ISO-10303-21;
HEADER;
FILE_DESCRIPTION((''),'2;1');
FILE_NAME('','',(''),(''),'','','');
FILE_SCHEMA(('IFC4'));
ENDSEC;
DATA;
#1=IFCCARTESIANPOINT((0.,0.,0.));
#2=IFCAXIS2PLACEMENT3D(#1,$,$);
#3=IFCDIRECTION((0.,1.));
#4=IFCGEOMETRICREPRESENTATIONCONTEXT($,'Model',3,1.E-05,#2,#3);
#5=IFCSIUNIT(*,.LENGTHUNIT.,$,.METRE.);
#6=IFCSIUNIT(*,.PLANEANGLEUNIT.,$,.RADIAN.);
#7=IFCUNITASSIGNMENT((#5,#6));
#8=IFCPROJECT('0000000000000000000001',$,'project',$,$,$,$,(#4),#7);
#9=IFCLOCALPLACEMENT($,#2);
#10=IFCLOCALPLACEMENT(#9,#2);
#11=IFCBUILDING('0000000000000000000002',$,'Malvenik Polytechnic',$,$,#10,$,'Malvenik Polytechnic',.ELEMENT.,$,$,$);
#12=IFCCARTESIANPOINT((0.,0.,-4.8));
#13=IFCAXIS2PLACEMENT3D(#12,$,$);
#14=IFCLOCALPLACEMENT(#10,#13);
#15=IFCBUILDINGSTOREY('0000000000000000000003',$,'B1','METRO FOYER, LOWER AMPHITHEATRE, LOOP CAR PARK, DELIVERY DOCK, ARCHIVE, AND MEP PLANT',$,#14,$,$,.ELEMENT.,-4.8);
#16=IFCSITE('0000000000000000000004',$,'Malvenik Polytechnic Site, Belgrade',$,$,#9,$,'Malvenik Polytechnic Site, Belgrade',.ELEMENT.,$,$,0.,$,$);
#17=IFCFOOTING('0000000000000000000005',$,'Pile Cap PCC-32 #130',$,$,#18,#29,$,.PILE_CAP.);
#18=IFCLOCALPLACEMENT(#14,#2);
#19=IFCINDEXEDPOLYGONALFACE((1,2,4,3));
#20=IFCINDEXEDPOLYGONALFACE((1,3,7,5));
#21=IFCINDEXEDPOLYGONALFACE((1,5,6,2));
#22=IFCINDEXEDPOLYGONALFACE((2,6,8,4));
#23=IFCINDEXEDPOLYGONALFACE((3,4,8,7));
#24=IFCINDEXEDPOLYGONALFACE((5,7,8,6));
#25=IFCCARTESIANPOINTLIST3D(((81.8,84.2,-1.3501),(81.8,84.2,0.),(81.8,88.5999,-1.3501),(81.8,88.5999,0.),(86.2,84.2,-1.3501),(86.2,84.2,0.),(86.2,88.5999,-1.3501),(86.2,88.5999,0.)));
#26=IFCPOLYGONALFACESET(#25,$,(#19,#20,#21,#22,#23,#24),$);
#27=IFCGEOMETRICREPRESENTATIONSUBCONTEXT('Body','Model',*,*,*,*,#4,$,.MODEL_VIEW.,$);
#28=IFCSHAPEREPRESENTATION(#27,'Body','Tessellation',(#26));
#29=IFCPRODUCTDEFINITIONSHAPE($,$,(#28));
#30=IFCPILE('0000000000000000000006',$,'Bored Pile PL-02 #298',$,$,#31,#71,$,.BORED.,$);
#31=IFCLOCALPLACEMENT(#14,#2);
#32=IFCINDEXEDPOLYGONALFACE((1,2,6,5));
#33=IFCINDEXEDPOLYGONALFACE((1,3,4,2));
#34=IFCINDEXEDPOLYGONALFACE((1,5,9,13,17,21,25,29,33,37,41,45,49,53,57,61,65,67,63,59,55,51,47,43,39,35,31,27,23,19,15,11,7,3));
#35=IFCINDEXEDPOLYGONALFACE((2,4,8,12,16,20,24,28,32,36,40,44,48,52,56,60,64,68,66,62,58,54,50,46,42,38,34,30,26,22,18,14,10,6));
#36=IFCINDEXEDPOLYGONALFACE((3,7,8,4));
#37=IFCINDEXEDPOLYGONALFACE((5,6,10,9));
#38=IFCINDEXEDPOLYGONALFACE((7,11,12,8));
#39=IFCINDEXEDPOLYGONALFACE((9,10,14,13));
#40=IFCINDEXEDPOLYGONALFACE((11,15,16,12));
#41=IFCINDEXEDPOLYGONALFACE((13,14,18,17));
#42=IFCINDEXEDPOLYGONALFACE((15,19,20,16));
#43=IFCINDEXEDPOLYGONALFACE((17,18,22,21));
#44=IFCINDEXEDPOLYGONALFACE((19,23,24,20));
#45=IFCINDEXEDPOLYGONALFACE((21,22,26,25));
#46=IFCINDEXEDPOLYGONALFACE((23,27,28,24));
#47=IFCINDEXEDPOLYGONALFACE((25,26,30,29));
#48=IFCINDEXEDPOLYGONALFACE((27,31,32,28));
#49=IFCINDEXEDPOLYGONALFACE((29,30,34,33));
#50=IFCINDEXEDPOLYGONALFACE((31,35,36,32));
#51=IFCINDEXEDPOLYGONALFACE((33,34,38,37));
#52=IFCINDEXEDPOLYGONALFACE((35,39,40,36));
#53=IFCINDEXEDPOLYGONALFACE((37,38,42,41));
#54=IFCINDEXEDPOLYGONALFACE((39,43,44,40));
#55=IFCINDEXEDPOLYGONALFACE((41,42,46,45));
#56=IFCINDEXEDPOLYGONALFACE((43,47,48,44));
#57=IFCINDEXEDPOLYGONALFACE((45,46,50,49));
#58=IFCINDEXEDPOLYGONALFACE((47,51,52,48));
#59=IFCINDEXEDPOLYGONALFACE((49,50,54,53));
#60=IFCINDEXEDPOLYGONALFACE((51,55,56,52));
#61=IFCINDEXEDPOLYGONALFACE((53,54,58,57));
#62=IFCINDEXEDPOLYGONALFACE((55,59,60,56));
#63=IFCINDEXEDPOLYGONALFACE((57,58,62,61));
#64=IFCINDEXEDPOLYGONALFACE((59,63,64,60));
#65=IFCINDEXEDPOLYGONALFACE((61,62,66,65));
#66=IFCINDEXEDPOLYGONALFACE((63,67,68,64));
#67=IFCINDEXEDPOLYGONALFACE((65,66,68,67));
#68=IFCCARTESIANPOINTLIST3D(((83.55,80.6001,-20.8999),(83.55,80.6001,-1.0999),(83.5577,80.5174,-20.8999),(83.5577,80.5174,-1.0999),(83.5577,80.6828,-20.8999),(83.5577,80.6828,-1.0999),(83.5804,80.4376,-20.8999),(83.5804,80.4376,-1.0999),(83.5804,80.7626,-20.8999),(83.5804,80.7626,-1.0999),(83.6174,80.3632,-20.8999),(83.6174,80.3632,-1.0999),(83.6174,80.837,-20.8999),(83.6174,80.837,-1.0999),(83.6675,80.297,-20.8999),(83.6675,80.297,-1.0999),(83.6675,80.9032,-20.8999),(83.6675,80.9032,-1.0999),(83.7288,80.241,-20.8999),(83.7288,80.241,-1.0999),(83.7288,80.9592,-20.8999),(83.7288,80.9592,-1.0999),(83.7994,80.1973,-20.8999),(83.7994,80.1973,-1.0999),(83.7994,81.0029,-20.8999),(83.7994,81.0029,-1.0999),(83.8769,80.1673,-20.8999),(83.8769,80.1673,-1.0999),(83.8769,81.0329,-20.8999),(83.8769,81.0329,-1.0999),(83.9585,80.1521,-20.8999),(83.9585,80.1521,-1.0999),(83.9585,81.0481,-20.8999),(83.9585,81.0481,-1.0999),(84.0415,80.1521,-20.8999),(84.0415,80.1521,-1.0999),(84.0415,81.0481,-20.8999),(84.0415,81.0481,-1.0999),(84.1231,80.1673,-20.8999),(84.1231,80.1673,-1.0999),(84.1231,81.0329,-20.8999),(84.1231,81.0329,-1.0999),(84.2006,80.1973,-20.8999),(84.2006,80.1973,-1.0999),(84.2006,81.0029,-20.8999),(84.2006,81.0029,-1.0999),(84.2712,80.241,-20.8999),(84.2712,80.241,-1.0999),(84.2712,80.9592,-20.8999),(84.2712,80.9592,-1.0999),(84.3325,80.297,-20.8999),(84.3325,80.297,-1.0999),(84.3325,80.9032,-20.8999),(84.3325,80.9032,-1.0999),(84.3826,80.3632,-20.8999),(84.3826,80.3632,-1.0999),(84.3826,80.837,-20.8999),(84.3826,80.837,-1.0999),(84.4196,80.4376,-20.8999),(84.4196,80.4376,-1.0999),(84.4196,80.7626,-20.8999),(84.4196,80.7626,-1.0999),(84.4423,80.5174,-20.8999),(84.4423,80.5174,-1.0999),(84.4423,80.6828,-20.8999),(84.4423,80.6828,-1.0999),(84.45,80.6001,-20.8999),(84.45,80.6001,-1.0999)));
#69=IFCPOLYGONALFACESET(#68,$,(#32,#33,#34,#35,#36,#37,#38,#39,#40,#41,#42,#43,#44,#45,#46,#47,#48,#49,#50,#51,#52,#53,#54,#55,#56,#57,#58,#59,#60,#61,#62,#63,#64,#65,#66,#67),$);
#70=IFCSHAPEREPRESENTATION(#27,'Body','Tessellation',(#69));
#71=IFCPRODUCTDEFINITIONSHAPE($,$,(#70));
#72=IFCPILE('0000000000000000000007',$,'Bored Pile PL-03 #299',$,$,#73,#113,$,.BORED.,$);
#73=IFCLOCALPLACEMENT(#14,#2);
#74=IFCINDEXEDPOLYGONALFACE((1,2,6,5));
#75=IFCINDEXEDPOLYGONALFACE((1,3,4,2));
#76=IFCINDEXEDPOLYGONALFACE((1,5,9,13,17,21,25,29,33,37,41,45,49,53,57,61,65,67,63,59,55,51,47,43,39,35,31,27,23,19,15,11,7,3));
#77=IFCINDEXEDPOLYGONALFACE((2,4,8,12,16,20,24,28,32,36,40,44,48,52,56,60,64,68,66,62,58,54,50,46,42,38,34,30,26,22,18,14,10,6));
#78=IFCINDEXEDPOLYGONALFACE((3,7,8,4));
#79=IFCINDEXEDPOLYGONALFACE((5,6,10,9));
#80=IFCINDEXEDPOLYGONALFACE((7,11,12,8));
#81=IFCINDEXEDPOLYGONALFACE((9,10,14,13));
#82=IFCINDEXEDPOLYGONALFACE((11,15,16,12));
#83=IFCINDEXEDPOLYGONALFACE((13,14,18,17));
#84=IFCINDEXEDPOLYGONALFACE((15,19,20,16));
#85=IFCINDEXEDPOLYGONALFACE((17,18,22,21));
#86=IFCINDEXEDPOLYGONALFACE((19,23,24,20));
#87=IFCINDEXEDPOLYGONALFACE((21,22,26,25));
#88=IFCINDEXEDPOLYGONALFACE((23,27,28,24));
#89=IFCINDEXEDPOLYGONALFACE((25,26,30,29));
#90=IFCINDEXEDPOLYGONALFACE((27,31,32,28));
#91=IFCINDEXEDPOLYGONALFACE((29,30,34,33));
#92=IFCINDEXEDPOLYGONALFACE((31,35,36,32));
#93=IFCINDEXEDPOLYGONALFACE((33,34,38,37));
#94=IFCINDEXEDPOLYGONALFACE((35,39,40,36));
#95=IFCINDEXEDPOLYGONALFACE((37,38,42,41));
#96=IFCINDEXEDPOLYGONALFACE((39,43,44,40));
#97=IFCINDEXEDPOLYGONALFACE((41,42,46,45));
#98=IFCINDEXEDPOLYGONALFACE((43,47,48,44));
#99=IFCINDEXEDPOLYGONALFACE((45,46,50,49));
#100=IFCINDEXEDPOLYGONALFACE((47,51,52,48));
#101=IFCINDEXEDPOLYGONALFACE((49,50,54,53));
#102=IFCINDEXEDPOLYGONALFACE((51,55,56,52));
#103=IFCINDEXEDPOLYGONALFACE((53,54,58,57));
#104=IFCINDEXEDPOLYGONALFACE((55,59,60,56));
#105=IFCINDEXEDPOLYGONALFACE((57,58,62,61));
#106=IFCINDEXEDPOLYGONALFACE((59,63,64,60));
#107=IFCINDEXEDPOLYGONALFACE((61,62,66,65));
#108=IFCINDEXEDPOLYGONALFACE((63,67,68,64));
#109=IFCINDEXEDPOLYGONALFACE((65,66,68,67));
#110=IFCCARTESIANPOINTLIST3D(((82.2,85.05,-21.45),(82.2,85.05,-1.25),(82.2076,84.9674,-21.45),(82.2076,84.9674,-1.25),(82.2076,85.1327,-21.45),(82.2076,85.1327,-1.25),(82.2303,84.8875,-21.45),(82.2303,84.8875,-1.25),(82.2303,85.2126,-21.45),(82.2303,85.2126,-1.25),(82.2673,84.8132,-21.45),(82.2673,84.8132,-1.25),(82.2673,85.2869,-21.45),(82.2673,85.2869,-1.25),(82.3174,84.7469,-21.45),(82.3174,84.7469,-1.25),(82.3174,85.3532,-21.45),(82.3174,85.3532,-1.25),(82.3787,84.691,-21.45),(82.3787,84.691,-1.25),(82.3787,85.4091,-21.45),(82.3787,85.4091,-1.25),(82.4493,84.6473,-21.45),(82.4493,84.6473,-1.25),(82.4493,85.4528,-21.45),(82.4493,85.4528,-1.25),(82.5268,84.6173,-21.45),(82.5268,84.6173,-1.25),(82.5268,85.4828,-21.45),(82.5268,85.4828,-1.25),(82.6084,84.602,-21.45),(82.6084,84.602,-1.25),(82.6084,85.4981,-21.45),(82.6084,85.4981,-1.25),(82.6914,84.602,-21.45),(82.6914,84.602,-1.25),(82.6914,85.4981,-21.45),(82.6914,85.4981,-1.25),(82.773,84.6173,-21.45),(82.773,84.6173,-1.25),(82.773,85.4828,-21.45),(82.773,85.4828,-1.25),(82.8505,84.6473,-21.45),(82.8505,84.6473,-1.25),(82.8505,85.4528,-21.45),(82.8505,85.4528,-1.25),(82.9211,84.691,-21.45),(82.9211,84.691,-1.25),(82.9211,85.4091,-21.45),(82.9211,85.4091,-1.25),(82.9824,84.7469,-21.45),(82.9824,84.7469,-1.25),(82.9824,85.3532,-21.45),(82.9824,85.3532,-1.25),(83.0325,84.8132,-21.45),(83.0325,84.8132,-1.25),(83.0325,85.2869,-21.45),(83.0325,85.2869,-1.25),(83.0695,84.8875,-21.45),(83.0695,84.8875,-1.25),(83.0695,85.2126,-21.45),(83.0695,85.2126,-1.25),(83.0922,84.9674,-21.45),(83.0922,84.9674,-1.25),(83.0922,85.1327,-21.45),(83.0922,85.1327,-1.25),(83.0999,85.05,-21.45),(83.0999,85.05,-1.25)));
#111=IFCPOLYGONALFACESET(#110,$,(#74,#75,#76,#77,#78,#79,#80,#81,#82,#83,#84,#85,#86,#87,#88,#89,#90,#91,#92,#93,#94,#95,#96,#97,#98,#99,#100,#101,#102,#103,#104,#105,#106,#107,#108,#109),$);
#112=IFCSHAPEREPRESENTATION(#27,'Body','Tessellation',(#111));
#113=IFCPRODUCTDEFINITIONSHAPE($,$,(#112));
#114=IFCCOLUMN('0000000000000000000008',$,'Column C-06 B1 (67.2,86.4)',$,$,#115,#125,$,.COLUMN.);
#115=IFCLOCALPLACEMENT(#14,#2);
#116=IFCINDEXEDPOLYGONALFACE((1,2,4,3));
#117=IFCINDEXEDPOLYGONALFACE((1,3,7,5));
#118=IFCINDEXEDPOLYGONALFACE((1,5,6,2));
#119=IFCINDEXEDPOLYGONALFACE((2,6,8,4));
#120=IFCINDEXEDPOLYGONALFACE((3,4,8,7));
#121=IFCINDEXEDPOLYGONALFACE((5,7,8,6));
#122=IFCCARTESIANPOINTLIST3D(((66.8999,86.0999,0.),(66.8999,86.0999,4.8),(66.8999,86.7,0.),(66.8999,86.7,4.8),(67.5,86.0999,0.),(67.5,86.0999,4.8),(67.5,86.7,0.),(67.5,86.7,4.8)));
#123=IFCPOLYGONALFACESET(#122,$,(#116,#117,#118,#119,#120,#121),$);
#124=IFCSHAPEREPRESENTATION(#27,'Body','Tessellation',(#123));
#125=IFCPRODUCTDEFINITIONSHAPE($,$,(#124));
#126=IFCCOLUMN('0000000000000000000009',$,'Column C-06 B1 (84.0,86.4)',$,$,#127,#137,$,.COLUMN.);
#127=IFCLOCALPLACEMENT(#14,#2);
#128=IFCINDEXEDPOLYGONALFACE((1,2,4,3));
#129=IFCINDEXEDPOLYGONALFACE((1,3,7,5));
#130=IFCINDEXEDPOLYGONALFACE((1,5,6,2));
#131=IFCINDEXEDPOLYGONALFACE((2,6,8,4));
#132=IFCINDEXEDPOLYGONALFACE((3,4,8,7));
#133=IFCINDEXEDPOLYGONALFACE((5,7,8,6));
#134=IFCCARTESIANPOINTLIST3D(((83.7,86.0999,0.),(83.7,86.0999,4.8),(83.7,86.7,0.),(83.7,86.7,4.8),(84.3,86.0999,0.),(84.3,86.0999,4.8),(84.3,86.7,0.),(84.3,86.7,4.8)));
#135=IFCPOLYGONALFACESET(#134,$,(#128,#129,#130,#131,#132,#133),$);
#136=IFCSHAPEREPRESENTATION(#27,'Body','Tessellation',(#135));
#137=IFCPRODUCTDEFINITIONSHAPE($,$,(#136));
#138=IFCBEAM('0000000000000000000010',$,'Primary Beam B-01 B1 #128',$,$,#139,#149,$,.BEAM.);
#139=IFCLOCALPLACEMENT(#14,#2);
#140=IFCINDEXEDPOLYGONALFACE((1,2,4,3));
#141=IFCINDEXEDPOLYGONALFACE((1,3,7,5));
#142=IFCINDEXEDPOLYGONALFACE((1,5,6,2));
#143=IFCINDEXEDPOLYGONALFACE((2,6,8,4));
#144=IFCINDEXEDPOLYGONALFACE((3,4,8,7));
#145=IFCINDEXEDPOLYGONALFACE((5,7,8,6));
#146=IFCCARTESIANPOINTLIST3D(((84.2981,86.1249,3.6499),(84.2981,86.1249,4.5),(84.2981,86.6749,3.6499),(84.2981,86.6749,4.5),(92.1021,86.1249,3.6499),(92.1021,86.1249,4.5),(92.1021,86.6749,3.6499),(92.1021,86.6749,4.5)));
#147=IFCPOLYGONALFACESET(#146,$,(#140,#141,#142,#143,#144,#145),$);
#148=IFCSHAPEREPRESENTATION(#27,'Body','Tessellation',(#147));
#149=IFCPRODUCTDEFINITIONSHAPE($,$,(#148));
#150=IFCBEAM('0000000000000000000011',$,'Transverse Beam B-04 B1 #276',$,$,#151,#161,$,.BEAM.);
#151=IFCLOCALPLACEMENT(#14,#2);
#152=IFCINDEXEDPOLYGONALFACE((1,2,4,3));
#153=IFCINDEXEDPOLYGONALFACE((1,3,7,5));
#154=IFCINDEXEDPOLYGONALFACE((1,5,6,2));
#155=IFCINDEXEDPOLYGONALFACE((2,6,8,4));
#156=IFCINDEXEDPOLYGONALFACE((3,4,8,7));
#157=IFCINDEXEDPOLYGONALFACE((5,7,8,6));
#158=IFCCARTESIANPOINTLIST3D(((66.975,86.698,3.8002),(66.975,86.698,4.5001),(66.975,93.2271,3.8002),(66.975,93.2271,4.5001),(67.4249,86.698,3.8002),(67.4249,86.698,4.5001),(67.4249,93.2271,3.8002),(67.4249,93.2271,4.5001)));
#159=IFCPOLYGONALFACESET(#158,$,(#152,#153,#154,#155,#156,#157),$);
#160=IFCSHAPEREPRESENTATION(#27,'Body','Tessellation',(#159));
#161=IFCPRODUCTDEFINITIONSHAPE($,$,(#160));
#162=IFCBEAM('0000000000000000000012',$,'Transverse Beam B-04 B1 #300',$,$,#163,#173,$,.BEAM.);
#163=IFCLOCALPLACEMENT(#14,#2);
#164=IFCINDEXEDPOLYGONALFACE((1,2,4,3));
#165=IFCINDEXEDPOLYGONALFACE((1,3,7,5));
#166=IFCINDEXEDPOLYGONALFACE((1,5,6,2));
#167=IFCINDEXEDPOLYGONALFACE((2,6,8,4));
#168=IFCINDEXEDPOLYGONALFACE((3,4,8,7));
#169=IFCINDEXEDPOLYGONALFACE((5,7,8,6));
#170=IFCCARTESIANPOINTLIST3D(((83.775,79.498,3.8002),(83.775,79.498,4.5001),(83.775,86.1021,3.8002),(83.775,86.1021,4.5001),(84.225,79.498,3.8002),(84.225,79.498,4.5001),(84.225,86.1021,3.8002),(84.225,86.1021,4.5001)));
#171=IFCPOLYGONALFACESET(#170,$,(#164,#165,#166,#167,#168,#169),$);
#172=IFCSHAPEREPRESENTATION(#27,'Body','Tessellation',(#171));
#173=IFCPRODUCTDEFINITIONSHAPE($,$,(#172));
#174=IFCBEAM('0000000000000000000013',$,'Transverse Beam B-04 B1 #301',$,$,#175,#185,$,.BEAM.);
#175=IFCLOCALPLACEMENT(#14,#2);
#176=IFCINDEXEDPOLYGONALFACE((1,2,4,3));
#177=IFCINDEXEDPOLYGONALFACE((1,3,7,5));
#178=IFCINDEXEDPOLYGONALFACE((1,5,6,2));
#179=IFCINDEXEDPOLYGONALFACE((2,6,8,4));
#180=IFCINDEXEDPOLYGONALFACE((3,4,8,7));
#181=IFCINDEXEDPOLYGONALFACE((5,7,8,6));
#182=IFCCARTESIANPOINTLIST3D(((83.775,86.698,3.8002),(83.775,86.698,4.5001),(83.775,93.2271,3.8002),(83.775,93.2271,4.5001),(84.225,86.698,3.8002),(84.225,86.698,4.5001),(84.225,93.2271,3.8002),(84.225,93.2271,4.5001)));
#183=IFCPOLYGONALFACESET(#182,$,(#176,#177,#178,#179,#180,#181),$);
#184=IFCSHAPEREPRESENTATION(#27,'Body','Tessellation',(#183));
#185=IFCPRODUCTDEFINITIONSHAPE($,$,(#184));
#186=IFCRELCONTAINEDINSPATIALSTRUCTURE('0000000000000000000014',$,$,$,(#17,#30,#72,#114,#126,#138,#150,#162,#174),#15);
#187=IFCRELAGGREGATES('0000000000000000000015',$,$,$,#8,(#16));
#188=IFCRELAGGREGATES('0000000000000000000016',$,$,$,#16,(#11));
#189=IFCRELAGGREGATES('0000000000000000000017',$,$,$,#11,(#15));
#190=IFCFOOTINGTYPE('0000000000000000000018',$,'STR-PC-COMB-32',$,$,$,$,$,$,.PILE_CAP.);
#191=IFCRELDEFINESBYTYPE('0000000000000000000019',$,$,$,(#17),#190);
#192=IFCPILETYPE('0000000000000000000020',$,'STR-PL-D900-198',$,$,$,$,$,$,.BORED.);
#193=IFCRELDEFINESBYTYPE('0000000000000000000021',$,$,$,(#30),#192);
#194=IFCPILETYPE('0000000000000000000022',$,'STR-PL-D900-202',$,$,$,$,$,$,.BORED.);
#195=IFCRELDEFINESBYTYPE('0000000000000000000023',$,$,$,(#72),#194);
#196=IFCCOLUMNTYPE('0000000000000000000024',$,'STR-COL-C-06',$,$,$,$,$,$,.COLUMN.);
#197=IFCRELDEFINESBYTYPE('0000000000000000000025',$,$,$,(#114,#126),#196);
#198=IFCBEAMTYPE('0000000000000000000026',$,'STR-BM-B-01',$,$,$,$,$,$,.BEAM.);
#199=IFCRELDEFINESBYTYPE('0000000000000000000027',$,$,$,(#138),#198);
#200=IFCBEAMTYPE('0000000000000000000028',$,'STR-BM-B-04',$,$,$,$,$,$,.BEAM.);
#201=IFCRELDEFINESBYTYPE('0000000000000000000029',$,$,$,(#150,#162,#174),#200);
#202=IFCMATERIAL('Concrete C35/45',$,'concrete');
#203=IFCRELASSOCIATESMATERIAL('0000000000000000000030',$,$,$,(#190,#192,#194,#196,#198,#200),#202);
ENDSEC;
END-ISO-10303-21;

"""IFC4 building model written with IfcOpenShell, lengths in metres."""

from ifc_helpers import new_model, si_unit, direction, frame, origin, origin_2d, place, context, subcontext, project, spatial, rectangle, circle, extrude, material, material_profile, profile_set, type_object, element, save


model = new_model("IFC4")

# Units and contexts
model_context = context("Model", 3, precision=1e-05, world=origin(), true_north=direction((0.0, 1.0)))
body_context = subcontext(model_context, "Body", "Model", "MODEL_VIEW")
ifc_project = project(units=[si_unit("LENGTHUNIT", "METRE"), si_unit("PLANEANGLEUNIT", "RADIAN")], contexts=[model_context])

# Site, building, storey
site_placement = place(None, origin())
site = spatial("IfcSite", under=ifc_project, at=site_placement, Name="Malvenik Polytechnic Site, Belgrade", LongName="Malvenik Polytechnic Site, Belgrade", CompositionType="ELEMENT", RefElevation=0.0)
building_placement = place(site_placement, origin())
building = spatial("IfcBuilding", under=site, at=building_placement, Name="Malvenik Polytechnic", LongName="Malvenik Polytechnic", CompositionType="ELEMENT")
storey_placement = place(building_placement, frame((0.0, 0.0, -4.8)))
storey = spatial("IfcBuildingStorey", under=building, at=storey_placement, Name="B1", Description="METRO FOYER, LOWER AMPHITHEATRE, LOOP CAR PARK, DELIVERY DOCK, ARCHIVE, AND MEP PLANT", CompositionType="ELEMENT", Elevation=-4.8)

# Footing
ifc_material_1 = material(Name="Concrete C35/45", Category="concrete")
footing_type = type_object("IfcFootingType", Name="STR-PC-COMB-32", PredefinedType="PILE_CAP", material=ifc_material_1)
footing_placement = place(storey_placement, frame((84.0, 86.3999, -1.3501), z_axis=(0.0, 0.0, 1.0), x_axis=(1.0, 0.0, 0.0)))
element("IfcFooting", 1, at=footing_placement, inside=storey, type_object=footing_type, Name="Pile Cap PCC-32 #130", PredefinedType="PILE_CAP", context=body_context, shape_type="SweptSolid", body=[
    extrude(rectangle(XDim=4.3999, YDim=4.3999, at=origin_2d()), origin(), (0.0, 0.0, 1.0), 1.3501),
])

# Piles
ifc_material_profile_1 = material_profile(ifc_material_1, circle(Radius=0.45, at=origin_2d()), Name="BORED PILE D900")
ifc_profile_set_1 = profile_set([ifc_material_profile_1], Name="Concrete C35/45")
pile_type_1 = type_object("IfcPileType", Name="STR-PL-D900-198", PredefinedType="BORED", material=ifc_profile_set_1)
pile_1_placement = place(storey_placement, frame((84.0, 80.6001, -1.0999), z_axis=(0.0, 0.0, -1.0), x_axis=(1.0, 0.0, 0.0)))
element("IfcPile", 2, at=pile_1_placement, inside=storey, type_object=pile_type_1, Name="Bored Pile PL-02 #298", PredefinedType="BORED", context=body_context, shape_type="SweptSolid", body=[
    extrude(circle(Radius=0.45, at=origin_2d()), origin(), (0.0, 0.0, 1.0), 19.8),
])
ifc_material_profile_2 = material_profile(ifc_material_1, circle(Radius=0.45, at=origin_2d()), Name="BORED PILE D900")
ifc_profile_set_2 = profile_set([ifc_material_profile_2], Name="Concrete C35/45")
pile_type_2 = type_object("IfcPileType", Name="STR-PL-D900-202", PredefinedType="BORED", material=ifc_profile_set_2)
pile_2_placement = place(storey_placement, frame((82.6499, 85.05, -1.25), z_axis=(0.0, 0.0, -1.0), x_axis=(1.0, 0.0, 0.0)))
element("IfcPile", 3, at=pile_2_placement, inside=storey, type_object=pile_type_2, Name="Bored Pile PL-03 #299", PredefinedType="BORED", context=body_context, shape_type="SweptSolid", body=[
    extrude(circle(Radius=0.45, at=origin_2d()), origin(), (0.0, 0.0, 1.0), 20.2),
])

# Columns
ifc_material_profile_3 = material_profile(ifc_material_1, rectangle(XDim=0.6001, YDim=0.6001, at=origin_2d()), Name="RC COL 600x600")
ifc_profile_set_3 = profile_set([ifc_material_profile_3], Name="Concrete C35/45")
column_type = type_object("IfcColumnType", Name="STR-COL-C-06", PredefinedType="COLUMN", material=ifc_profile_set_3)
for number, where, z_axis, x_axis, name in (
    (4, (67.2, 86.3999, 0.0), (0.0, 0.0, 1.0), (1.0, 0.0, 0.0), "Column C-06 B1 (67.2,86.4)"),
    (5, (84.0, 86.3999, 0.0), (0.0, 0.0, 1.0), (1.0, 0.0, 0.0), "Column C-06 B1 (84.0,86.4)"),
):
    element("IfcColumn", number, at=place(storey_placement, frame(where, z_axis=z_axis, x_axis=x_axis)), inside=storey, type_object=column_type, Name=name, PredefinedType="COLUMN", context=body_context, shape_type="SweptSolid", body=[
        extrude(rectangle(XDim=0.6001, YDim=0.6001, at=origin_2d()), origin(), (0.0, 0.0, 1.0), 4.8),
    ])

# Beams
ifc_material_profile_4 = material_profile(ifc_material_1, rectangle(XDim=0.55, YDim=0.8501, at=origin_2d()), Name="RC BM 550x850")
ifc_profile_set_4 = profile_set([ifc_material_profile_4], Name="Concrete C35/45")
beam_type_1 = type_object("IfcBeamType", Name="STR-BM-B-01", PredefinedType="BEAM", material=ifc_profile_set_4)
beam_1_placement = place(storey_placement, frame((84.2981, 86.3999, 4.075), z_axis=(1.0, 0.0, 0.0), x_axis=(0.0, 1.0, 0.0)))
element("IfcBeam", 6, at=beam_1_placement, inside=storey, type_object=beam_type_1, Name="Primary Beam B-01 B1 #128", PredefinedType="BEAM", context=body_context, shape_type="SweptSolid", body=[
    extrude(rectangle(XDim=0.55, YDim=0.8501, at=origin_2d()), origin(), (0.0, 0.0, 1.0), 7.804),
])
ifc_material_profile_5 = material_profile(ifc_material_1, rectangle(XDim=0.45, YDim=0.7, at=origin_2d()), Name="RC BM 450x700")
ifc_profile_set_5 = profile_set([ifc_material_profile_5], Name="Concrete C35/45")
beam_type_2 = type_object("IfcBeamType", Name="STR-BM-B-04", PredefinedType="BEAM", material=ifc_profile_set_5)
beam_2_placement = place(storey_placement, frame((67.2, 86.698, 4.1501), z_axis=(0.0, 1.0, 0.0), x_axis=(-1.0, 0.0, 0.0)))
element("IfcBeam", 7, at=beam_2_placement, inside=storey, type_object=beam_type_2, Name="Transverse Beam B-04 B1 #276", PredefinedType="BEAM", context=body_context, shape_type="SweptSolid", body=[
    extrude(rectangle(XDim=0.45, YDim=0.7, at=origin_2d()), origin(), (0.0, 0.0, 1.0), 6.5291),
])
beam_3_placement = place(storey_placement, frame((84.0, 79.498, 4.1501), z_axis=(0.0, 1.0, 0.0), x_axis=(-1.0, 0.0, 0.0)))
element("IfcBeam", 8, at=beam_3_placement, inside=storey, type_object=beam_type_2, Name="Transverse Beam B-04 B1 #300", PredefinedType="BEAM", context=body_context, shape_type="SweptSolid", body=[
    extrude(rectangle(XDim=0.45, YDim=0.7, at=origin_2d()), origin(), (0.0, 0.0, 1.0), 6.604),
])
beam_4_placement = place(storey_placement, frame((84.0, 86.698, 4.1501), z_axis=(0.0, 1.0, 0.0), x_axis=(-1.0, 0.0, 0.0)))
element("IfcBeam", 9, at=beam_4_placement, inside=storey, type_object=beam_type_2, Name="Transverse Beam B-04 B1 #301", PredefinedType="BEAM", context=body_context, shape_type="SweptSolid", body=[
    extrude(rectangle(XDim=0.45, YDim=0.7, at=origin_2d()), origin(), (0.0, 0.0, 1.0), 6.5291),
])

save(model, "model.ifc")
